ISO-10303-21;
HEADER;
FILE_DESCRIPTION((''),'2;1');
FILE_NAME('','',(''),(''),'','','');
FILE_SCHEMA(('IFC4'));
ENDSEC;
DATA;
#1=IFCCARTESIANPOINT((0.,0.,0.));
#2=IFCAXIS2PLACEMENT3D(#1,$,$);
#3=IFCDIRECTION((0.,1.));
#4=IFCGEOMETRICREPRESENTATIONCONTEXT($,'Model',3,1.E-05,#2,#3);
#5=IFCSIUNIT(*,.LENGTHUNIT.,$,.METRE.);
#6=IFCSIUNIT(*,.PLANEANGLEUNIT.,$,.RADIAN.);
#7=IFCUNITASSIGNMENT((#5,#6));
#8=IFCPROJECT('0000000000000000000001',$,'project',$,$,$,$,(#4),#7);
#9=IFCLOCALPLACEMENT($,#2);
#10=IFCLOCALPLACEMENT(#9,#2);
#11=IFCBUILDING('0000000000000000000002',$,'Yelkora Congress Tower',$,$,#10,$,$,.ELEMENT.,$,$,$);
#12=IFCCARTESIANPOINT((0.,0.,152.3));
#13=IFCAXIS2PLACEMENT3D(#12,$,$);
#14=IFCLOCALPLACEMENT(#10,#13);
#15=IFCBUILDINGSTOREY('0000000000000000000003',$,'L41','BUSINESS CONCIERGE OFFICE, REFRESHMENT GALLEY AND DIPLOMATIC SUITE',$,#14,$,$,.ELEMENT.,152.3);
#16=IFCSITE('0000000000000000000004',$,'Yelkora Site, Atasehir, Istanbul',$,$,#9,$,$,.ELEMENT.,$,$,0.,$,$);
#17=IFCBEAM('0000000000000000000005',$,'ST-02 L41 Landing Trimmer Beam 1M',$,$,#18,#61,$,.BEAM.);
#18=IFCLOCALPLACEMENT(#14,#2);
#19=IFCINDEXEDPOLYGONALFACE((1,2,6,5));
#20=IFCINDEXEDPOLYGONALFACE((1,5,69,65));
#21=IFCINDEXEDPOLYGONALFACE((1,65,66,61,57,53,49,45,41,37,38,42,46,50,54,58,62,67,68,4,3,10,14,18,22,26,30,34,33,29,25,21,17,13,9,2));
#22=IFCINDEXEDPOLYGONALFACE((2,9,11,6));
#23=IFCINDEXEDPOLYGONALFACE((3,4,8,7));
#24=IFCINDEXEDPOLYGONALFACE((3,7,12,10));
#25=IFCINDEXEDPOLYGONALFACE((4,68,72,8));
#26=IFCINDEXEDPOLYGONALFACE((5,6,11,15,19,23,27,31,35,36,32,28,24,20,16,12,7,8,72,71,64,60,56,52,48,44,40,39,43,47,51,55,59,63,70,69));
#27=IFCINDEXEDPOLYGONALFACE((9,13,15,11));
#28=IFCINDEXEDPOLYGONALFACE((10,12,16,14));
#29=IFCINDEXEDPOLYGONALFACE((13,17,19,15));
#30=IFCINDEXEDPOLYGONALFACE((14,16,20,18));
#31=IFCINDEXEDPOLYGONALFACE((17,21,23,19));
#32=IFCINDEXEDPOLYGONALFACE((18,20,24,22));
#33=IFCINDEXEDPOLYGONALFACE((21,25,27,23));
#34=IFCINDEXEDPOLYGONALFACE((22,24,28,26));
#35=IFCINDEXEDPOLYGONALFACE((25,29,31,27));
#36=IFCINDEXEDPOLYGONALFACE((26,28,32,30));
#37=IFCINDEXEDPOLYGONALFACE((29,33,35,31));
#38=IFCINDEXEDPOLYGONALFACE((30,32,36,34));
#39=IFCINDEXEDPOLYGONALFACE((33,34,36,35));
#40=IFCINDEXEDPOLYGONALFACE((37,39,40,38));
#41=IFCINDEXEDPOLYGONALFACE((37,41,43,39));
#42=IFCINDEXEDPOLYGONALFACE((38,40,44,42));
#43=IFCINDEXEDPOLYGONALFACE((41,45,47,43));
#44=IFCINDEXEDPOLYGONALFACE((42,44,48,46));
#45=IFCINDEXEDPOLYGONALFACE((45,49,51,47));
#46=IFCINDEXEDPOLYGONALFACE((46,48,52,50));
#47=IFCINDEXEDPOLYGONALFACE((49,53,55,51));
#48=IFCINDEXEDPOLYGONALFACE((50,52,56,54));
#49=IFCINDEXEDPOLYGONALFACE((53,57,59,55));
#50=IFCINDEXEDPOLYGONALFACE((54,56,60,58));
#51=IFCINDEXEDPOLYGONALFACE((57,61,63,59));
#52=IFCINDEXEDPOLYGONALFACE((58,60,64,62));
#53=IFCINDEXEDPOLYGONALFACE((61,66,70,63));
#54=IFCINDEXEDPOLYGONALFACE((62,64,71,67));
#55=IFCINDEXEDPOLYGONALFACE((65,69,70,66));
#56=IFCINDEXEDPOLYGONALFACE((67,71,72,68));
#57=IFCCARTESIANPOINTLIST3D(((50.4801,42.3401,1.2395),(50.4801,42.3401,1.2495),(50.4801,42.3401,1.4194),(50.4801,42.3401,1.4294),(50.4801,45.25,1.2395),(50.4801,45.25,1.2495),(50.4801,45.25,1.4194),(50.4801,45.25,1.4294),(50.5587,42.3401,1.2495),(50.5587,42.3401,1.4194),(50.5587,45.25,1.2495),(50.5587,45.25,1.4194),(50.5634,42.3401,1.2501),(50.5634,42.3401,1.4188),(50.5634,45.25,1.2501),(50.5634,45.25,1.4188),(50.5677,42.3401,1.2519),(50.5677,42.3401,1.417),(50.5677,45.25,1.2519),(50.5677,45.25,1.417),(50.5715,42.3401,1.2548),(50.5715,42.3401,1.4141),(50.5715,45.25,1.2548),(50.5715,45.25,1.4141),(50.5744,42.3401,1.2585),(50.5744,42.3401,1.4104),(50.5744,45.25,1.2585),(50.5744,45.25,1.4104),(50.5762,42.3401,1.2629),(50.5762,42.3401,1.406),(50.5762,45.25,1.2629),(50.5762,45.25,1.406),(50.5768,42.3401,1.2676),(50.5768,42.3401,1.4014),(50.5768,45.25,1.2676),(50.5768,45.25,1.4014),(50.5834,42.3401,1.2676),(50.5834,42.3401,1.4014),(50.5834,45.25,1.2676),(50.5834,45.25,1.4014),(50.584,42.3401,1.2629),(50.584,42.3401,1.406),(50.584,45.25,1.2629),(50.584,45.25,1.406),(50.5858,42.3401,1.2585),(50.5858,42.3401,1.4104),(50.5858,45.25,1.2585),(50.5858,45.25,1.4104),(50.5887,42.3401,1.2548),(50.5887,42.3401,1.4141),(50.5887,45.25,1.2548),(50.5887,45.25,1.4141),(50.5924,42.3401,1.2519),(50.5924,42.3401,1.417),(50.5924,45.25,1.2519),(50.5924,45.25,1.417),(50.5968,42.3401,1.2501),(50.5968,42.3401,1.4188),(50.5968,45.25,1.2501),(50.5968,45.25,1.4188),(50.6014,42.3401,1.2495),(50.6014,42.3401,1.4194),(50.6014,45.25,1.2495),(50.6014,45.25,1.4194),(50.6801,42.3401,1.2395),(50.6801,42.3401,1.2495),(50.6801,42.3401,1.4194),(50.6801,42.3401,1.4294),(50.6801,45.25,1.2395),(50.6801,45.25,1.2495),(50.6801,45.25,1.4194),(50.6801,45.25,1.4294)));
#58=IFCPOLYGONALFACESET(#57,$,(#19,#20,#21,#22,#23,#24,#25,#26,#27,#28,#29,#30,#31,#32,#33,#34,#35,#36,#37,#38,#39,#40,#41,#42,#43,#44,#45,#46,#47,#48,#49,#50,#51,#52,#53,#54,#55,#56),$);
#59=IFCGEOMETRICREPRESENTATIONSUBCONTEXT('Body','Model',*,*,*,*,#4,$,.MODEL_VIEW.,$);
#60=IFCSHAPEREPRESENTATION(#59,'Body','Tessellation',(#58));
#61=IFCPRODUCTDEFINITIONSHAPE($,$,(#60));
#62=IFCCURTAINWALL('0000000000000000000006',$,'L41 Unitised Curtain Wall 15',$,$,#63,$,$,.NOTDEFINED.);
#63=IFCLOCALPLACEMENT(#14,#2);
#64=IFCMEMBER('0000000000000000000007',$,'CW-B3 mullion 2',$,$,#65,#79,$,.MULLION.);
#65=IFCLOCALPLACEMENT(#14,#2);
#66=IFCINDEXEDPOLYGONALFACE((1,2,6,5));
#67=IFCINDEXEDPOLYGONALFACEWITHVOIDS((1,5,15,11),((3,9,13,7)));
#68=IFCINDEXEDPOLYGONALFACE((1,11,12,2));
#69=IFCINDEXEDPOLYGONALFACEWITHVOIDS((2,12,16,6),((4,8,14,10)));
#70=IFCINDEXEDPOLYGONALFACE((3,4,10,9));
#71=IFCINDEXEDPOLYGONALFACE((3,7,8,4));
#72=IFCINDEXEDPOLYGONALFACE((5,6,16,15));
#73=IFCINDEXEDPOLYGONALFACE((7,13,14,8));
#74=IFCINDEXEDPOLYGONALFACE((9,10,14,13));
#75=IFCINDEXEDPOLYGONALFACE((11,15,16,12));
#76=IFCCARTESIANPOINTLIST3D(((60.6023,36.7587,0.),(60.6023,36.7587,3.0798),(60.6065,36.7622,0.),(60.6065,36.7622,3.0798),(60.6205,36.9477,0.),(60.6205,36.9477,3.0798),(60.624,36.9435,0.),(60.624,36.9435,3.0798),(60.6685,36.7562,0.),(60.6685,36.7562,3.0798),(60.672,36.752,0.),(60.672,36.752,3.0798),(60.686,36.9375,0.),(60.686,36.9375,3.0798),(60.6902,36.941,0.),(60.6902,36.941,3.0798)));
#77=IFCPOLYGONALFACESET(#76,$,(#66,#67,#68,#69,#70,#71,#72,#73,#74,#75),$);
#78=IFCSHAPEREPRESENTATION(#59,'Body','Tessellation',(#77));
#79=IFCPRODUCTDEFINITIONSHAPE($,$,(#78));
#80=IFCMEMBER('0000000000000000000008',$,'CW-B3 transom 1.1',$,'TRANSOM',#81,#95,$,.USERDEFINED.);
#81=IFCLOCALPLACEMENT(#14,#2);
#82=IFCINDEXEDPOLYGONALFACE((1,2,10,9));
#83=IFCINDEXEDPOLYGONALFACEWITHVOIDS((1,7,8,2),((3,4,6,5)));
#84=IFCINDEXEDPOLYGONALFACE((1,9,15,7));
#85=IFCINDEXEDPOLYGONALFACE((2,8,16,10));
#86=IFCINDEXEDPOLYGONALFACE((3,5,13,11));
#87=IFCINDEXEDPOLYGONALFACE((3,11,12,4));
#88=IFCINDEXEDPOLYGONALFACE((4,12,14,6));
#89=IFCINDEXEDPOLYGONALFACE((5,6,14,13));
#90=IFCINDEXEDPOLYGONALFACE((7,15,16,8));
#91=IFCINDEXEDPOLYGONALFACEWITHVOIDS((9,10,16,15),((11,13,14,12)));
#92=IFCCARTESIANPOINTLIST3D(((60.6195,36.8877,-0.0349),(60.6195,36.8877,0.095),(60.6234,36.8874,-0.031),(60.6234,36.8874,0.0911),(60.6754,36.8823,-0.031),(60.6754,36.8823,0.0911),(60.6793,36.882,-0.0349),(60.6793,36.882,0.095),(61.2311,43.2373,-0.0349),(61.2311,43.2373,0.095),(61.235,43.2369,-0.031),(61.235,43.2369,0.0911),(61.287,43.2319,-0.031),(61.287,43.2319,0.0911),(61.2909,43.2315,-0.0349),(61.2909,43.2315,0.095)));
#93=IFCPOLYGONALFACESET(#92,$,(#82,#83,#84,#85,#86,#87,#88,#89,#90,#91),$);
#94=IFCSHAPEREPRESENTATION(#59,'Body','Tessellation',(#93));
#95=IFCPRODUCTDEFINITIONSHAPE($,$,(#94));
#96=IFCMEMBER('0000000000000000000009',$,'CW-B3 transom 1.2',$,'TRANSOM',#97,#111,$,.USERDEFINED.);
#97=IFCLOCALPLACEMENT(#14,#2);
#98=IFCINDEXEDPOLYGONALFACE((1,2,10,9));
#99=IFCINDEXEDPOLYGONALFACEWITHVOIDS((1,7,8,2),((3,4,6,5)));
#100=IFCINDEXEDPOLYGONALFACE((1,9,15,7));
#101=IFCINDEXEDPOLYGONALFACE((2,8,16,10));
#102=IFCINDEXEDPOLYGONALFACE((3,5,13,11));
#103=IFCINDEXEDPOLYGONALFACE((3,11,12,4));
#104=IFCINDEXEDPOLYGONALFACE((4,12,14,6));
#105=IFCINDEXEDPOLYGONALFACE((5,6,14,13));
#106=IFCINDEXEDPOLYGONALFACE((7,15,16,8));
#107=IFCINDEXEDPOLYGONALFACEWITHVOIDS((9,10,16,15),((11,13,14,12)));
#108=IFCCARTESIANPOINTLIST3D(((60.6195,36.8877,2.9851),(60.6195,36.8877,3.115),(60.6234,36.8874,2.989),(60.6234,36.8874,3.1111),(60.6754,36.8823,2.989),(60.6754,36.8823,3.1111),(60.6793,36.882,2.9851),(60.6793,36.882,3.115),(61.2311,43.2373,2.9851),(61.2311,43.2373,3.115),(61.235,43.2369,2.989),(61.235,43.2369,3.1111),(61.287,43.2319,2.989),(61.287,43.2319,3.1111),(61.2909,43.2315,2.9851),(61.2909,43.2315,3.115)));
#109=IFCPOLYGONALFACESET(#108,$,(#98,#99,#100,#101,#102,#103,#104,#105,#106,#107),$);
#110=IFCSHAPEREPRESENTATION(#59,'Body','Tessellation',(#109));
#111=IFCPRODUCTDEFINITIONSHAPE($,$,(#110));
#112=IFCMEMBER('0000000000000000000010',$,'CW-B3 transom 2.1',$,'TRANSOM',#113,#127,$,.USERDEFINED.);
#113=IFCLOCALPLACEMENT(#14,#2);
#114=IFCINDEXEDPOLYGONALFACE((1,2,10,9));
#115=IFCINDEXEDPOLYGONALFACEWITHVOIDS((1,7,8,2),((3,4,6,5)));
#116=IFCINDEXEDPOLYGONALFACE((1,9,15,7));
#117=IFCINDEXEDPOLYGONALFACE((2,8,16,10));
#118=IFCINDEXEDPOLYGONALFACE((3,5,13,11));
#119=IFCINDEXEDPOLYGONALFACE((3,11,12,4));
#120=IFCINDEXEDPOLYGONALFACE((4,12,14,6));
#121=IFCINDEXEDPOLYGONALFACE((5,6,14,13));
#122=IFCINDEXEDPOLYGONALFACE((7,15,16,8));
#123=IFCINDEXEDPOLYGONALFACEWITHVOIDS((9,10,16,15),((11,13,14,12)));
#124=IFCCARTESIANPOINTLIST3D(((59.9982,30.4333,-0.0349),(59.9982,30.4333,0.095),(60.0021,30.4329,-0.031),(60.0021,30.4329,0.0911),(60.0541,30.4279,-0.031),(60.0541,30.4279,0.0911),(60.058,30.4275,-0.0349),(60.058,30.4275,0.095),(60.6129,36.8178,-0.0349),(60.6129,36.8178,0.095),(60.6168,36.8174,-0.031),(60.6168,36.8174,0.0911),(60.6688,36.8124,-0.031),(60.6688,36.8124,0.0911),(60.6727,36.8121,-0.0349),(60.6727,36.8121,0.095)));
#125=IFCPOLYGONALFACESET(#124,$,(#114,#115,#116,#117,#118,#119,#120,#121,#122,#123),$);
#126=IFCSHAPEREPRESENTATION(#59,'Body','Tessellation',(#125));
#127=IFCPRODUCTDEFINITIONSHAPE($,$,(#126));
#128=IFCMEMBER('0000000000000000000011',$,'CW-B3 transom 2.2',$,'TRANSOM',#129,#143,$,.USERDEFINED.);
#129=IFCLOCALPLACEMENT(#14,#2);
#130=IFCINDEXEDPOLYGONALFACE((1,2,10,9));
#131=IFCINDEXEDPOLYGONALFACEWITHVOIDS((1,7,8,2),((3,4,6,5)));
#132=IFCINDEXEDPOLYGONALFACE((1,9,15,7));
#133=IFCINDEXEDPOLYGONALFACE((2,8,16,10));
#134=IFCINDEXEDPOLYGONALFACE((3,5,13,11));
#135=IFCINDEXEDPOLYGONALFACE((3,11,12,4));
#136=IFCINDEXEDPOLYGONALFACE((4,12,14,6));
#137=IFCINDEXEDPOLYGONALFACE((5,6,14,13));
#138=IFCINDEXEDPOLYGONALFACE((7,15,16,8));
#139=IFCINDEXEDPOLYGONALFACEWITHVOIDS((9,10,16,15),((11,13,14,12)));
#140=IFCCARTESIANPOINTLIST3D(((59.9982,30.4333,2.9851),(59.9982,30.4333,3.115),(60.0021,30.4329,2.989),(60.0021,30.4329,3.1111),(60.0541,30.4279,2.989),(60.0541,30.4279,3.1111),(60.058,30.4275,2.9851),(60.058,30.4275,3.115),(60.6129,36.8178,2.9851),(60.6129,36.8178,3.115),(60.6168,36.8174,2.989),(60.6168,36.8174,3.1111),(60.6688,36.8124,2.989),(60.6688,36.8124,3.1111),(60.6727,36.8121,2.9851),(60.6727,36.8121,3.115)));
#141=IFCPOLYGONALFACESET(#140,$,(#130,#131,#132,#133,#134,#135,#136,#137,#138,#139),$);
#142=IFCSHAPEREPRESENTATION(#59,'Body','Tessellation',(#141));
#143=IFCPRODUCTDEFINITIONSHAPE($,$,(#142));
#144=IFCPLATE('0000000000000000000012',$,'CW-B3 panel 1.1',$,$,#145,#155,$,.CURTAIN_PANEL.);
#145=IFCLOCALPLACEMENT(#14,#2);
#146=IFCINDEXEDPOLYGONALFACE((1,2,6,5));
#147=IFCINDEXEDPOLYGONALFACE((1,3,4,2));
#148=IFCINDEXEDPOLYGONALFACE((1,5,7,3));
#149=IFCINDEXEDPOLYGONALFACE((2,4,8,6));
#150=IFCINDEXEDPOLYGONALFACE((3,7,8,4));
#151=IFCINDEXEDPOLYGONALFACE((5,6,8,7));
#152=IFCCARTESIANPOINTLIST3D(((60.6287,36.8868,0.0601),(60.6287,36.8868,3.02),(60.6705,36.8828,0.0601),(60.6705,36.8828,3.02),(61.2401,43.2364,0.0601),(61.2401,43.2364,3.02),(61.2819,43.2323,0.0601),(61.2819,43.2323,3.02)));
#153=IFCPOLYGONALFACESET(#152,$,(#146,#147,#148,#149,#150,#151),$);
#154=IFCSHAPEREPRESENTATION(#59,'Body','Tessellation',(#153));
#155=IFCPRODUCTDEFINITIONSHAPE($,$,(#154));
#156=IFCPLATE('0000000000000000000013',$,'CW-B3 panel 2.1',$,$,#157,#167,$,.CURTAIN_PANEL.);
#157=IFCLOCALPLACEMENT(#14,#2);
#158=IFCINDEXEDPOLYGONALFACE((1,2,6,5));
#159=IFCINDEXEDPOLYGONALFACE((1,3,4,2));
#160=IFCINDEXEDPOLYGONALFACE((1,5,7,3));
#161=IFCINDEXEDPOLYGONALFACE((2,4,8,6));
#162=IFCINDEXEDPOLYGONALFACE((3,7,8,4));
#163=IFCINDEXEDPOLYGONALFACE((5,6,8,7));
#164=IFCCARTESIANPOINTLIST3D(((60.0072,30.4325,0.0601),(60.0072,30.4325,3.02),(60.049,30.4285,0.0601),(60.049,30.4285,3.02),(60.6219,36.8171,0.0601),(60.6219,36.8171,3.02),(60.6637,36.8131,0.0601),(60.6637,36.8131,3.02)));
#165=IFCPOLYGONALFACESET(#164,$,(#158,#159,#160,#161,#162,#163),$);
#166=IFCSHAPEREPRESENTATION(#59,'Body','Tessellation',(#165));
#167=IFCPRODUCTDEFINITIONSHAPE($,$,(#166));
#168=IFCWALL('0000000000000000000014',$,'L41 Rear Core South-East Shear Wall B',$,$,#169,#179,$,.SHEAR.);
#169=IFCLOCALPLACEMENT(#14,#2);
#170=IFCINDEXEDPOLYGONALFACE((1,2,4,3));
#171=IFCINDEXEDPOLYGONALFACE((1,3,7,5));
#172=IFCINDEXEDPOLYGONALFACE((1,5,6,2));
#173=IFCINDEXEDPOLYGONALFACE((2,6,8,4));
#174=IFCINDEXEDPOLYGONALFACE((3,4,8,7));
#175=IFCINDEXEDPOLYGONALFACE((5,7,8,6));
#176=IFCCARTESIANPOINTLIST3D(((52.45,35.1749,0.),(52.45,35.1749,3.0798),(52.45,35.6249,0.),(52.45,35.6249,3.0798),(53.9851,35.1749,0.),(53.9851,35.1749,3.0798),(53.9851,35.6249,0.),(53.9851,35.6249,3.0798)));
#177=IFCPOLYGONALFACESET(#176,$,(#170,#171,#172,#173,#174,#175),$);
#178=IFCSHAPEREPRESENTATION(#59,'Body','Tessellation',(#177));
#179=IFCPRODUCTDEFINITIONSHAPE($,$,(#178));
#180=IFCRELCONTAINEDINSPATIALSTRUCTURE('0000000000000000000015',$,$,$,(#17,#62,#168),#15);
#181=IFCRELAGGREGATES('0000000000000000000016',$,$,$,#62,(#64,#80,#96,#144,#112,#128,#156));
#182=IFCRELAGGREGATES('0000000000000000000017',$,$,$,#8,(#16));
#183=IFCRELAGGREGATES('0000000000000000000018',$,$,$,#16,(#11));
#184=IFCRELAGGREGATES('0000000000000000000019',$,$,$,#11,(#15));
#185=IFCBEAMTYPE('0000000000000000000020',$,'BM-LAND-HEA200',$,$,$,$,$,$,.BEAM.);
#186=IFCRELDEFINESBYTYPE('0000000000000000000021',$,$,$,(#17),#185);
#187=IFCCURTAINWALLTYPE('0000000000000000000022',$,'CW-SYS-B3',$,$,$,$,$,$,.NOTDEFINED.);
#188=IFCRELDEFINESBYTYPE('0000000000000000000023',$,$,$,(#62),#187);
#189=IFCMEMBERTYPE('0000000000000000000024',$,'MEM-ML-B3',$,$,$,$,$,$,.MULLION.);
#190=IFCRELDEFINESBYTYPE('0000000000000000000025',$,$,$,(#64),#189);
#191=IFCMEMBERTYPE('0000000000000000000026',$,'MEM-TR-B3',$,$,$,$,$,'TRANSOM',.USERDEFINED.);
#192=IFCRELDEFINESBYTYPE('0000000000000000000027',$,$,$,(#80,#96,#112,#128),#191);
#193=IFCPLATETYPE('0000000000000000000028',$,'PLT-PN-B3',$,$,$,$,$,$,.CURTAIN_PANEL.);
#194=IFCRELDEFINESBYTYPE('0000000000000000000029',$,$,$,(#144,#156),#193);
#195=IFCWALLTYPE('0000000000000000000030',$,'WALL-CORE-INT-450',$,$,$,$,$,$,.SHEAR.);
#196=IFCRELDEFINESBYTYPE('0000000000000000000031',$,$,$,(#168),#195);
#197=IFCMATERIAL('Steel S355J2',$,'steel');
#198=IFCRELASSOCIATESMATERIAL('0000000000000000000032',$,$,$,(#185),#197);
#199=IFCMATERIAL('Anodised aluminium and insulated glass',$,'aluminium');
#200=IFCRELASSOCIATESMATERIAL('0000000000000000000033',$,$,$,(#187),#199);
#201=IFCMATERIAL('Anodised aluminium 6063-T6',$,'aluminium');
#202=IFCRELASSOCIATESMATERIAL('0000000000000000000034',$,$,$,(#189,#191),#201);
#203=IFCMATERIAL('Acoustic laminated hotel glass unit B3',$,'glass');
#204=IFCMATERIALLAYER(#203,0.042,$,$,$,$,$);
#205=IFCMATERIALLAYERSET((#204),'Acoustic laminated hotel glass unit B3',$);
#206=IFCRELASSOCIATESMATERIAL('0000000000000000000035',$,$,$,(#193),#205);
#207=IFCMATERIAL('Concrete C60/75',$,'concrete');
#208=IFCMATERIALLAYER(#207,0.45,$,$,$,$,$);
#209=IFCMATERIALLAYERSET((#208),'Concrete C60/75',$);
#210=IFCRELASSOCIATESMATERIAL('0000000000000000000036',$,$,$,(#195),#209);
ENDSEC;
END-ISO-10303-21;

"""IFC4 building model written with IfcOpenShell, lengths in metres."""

from ifc_helpers import new_model, si_unit, direction, frame, frame_2d, origin, origin_2d, place, context, subcontext, project, spatial, rectangle, hollow_rectangle, i_section, extrude, material, layer, layer_set, material_profile, profile_set, type_object, element, aggregate, save


model = new_model("IFC4")

# Units and contexts
model_context = context("Model", 3, precision=1e-05, world=origin(), true_north=direction((0.0, 1.0)))
body_context = subcontext(model_context, "Body", "Model", "MODEL_VIEW")
ifc_project = project(units=[si_unit("LENGTHUNIT", "METRE"), si_unit("PLANEANGLEUNIT", "RADIAN")], contexts=[model_context])

# Site, building, storey
site_placement = place(None, origin())
site = spatial("IfcSite", under=ifc_project, at=site_placement, Name="Yelkora Site, Atasehir, Istanbul", CompositionType="ELEMENT", RefElevation=0.0)
building_placement = place(site_placement, origin())
building = spatial("IfcBuilding", under=site, at=building_placement, Name="Yelkora Congress Tower", CompositionType="ELEMENT")
storey_placement = place(building_placement, frame((0.0, 0.0, 152.3)))
storey = spatial("IfcBuildingStorey", under=building, at=storey_placement, Name="L41", Description="BUSINESS CONCIERGE OFFICE, REFRESHMENT GALLEY AND DIPLOMATIC SUITE", CompositionType="ELEMENT", Elevation=152.3)

# Beam
ifc_material_1 = material(Name="Steel S355J2", Category="steel")
ifc_material_profile_1 = material_profile(ifc_material_1, i_section(OverallWidth=0.2, OverallDepth=0.1899, WebThickness=0.0066, FlangeThickness=0.01, FilletRadius=0.0181, at=origin_2d()), Name="HEA 200")
ifc_profile_set_1 = profile_set([ifc_material_profile_1], Name="Steel S355J2")
beam_type_1 = type_object("IfcBeamType", Name="BM-LAND-HEA200", PredefinedType="BEAM", material=ifc_profile_set_1)
beam_1_placement = place(storey_placement, frame((50.5801, 42.3401, 1.3345), z_axis=(0.0, 1.0, 0.0), x_axis=(-1.0, 0.0, 0.0)))
element("IfcBeam", 1, at=beam_1_placement, inside=storey, type_object=beam_type_1, Name="ST-02 L41 Landing Trimmer Beam 1M", PredefinedType="BEAM", context=body_context, shape_type="SweptSolid", body=[
    extrude(i_section(OverallWidth=0.2, OverallDepth=0.1899, WebThickness=0.0066, FlangeThickness=0.01, FilletRadius=0.0181, at=origin_2d()), origin(), (0.0, 0.0, 1.0), 2.9099),
])

# Curtain wall, members, plates
ifc_material_2 = material(Name="Anodised aluminium and insulated glass", Category="aluminium")
curtain_wall_type = type_object("IfcCurtainWallType", Name="CW-SYS-B3", PredefinedType="NOTDEFINED", material=ifc_material_2)
curtain_wall_placement = place(storey_placement, origin())
curtain_wall = element("IfcCurtainWall", 2, at=curtain_wall_placement, inside=storey, type_object=curtain_wall_type, Name="L41 Unitised Curtain Wall 15", PredefinedType="NOTDEFINED")
ifc_material_3 = material(Name="Anodised aluminium 6063-T6", Category="aluminium")
ifc_material_profile_2 = material_profile(ifc_material_3, hollow_rectangle(XDim=0.0701, YDim=0.1899, WallThickness=0.0039, at=origin_2d()), Name="ALU 70x190x4")
ifc_profile_set_2 = profile_set([ifc_material_profile_2], Name="Anodised aluminium 6063-T6")
member_type_1 = type_object("IfcMemberType", Name="MEM-ML-B3", PredefinedType="MULLION", material=ifc_profile_set_2)
member_1_placement = place(storey_placement, frame((60.6462, 36.8499, 0.0), z_axis=(0.0, 0.0, 1.0), x_axis=(0.995397, -0.095842, 0.0)))
member_1 = element("IfcMember", 3, at=member_1_placement, type_object=member_type_1, Name="CW-B3 mullion 2", PredefinedType="MULLION", context=body_context, shape_type="SweptSolid", body=[
    extrude(hollow_rectangle(XDim=0.0701, YDim=0.1899, WallThickness=0.0039, at=origin_2d()), origin(), (0.0, 0.0, 1.0), 3.0798),
])
ifc_material_profile_3 = material_profile(ifc_material_3, hollow_rectangle(XDim=0.0601, YDim=0.1299, WallThickness=0.0039, at=origin_2d()), Name="ALU 60x130x4")
ifc_profile_set_3 = profile_set([ifc_material_profile_3], Name="Anodised aluminium 6063-T6")
member_type_2 = type_object("IfcMemberType", Name="MEM-TR-B3", ElementType="TRANSOM", PredefinedType="USERDEFINED", material=ifc_profile_set_3)
member_2_placement = place(storey_placement, frame((61.261, 43.2344, 0.03), z_axis=(-0.095873, -0.995394, 0.0), x_axis=(0.995394, -0.095873, 0.0)))
member_2 = element("IfcMember", 4, at=member_2_placement, type_object=member_type_2, Name="CW-B3 transom 1.1", ObjectType="TRANSOM", PredefinedType="USERDEFINED", context=body_context, shape_type="SweptSolid", body=[
    extrude(hollow_rectangle(XDim=0.0601, YDim=0.1299, WallThickness=0.0039, at=origin_2d()), origin(), (0.0, 0.0, 1.0), 6.3789),
])
member_3_placement = place(storey_placement, frame((61.261, 43.2344, 3.05), z_axis=(-0.095873, -0.995394, 0.0), x_axis=(0.995394, -0.095873, 0.0)))
member_3 = element("IfcMember", 5, at=member_3_placement, type_object=member_type_2, Name="CW-B3 transom 1.2", ObjectType="TRANSOM", PredefinedType="USERDEFINED", context=body_context, shape_type="SweptSolid", body=[
    extrude(hollow_rectangle(XDim=0.0601, YDim=0.1299, WallThickness=0.0039, at=origin_2d()), origin(), (0.0, 0.0, 1.0), 6.3789),
])
member_4_placement = place(storey_placement, frame((60.6428, 36.8149, 0.03), z_axis=(-0.095844, -0.995396, 0.0), x_axis=(0.995396, -0.095844, 0.0)))
member_4 = element("IfcMember", 6, at=member_4_placement, type_object=member_type_2, Name="CW-B3 transom 2.1", ObjectType="TRANSOM", PredefinedType="USERDEFINED", context=body_context, shape_type="SweptSolid", body=[
    extrude(hollow_rectangle(XDim=0.0601, YDim=0.1299, WallThickness=0.0039, at=origin_2d()), origin(), (0.0, 0.0, 1.0), 6.4141),
])
member_5_placement = place(storey_placement, frame((60.6428, 36.8149, 3.05), z_axis=(-0.095844, -0.995396, 0.0), x_axis=(0.995396, -0.095844, 0.0)))
member_5 = element("IfcMember", 7, at=member_5_placement, type_object=member_type_2, Name="CW-B3 transom 2.2", ObjectType="TRANSOM", PredefinedType="USERDEFINED", context=body_context, shape_type="SweptSolid", body=[
    extrude(hollow_rectangle(XDim=0.0601, YDim=0.1299, WallThickness=0.0039, at=origin_2d()), origin(), (0.0, 0.0, 1.0), 6.4141),
])
ifc_material_4 = material(Name="Acoustic laminated hotel glass unit B3", Category="glass")
ifc_layer_1 = layer(ifc_material_4, 0.042)
ifc_layer_set_1 = layer_set([ifc_layer_1], Name="Acoustic laminated hotel glass unit B3")
plate_type = type_object("IfcPlateType", Name="PLT-PN-B3", PredefinedType="CURTAIN_PANEL", material=ifc_layer_set_1)
plate_1_placement = place(storey_placement, frame((60.9553, 40.0596, 0.0601), z_axis=(0.0, 0.0, 1.0), x_axis=(-0.095842, -0.995397, 0.0)))
plate_1 = element("IfcPlate", 8, at=plate_1_placement, type_object=plate_type, Name="CW-B3 panel 1.1", PredefinedType="CURTAIN_PANEL", context=body_context, shape_type="SweptSolid", body=[
    extrude(rectangle(XDim=6.3789, YDim=0.042, at=origin_2d()), origin(), (0.0, 0.0, 1.0), 2.96),
])
plate_2_placement = place(storey_placement, frame((60.3354, 33.6228, 0.0601), z_axis=(0.0, 0.0, 1.0), x_axis=(-0.095842, -0.995397, 0.0)))
plate_2 = element("IfcPlate", 9, at=plate_2_placement, type_object=plate_type, Name="CW-B3 panel 2.1", PredefinedType="CURTAIN_PANEL", context=body_context, shape_type="SweptSolid", body=[
    extrude(rectangle(XDim=6.4141, YDim=0.042, at=origin_2d()), origin(), (0.0, 0.0, 1.0), 2.96),
])
aggregate(curtain_wall, [member_1, member_2, member_3, plate_1, member_4, member_5, plate_2])

# Wall
ifc_material_5 = material(Name="Concrete C60/75", Category="concrete")
ifc_layer_2 = layer(ifc_material_5, 0.45)
ifc_layer_set_2 = layer_set([ifc_layer_2], Name="Concrete C60/75")
wall_type = type_object("IfcWallType", Name="WALL-CORE-INT-450", PredefinedType="SHEAR", material=ifc_layer_set_2)
wall_1_placement = place(storey_placement, frame((52.45, 35.3999, 0.0), z_axis=(0.0, 0.0, 1.0), x_axis=(1.0, 0.0, 0.0)))
element("IfcWall", 10, at=wall_1_placement, inside=storey, type_object=wall_type, Name="L41 Rear Core South-East Shear Wall B", PredefinedType="SHEAR", context=body_context, shape_type="SweptSolid", body=[
    extrude(rectangle(XDim=1.5352, YDim=0.45, at=frame_2d((0.7676, 0.0))), origin(), (0.0, 0.0, 1.0), 3.0798),
])

save(model, "model.ifc")
